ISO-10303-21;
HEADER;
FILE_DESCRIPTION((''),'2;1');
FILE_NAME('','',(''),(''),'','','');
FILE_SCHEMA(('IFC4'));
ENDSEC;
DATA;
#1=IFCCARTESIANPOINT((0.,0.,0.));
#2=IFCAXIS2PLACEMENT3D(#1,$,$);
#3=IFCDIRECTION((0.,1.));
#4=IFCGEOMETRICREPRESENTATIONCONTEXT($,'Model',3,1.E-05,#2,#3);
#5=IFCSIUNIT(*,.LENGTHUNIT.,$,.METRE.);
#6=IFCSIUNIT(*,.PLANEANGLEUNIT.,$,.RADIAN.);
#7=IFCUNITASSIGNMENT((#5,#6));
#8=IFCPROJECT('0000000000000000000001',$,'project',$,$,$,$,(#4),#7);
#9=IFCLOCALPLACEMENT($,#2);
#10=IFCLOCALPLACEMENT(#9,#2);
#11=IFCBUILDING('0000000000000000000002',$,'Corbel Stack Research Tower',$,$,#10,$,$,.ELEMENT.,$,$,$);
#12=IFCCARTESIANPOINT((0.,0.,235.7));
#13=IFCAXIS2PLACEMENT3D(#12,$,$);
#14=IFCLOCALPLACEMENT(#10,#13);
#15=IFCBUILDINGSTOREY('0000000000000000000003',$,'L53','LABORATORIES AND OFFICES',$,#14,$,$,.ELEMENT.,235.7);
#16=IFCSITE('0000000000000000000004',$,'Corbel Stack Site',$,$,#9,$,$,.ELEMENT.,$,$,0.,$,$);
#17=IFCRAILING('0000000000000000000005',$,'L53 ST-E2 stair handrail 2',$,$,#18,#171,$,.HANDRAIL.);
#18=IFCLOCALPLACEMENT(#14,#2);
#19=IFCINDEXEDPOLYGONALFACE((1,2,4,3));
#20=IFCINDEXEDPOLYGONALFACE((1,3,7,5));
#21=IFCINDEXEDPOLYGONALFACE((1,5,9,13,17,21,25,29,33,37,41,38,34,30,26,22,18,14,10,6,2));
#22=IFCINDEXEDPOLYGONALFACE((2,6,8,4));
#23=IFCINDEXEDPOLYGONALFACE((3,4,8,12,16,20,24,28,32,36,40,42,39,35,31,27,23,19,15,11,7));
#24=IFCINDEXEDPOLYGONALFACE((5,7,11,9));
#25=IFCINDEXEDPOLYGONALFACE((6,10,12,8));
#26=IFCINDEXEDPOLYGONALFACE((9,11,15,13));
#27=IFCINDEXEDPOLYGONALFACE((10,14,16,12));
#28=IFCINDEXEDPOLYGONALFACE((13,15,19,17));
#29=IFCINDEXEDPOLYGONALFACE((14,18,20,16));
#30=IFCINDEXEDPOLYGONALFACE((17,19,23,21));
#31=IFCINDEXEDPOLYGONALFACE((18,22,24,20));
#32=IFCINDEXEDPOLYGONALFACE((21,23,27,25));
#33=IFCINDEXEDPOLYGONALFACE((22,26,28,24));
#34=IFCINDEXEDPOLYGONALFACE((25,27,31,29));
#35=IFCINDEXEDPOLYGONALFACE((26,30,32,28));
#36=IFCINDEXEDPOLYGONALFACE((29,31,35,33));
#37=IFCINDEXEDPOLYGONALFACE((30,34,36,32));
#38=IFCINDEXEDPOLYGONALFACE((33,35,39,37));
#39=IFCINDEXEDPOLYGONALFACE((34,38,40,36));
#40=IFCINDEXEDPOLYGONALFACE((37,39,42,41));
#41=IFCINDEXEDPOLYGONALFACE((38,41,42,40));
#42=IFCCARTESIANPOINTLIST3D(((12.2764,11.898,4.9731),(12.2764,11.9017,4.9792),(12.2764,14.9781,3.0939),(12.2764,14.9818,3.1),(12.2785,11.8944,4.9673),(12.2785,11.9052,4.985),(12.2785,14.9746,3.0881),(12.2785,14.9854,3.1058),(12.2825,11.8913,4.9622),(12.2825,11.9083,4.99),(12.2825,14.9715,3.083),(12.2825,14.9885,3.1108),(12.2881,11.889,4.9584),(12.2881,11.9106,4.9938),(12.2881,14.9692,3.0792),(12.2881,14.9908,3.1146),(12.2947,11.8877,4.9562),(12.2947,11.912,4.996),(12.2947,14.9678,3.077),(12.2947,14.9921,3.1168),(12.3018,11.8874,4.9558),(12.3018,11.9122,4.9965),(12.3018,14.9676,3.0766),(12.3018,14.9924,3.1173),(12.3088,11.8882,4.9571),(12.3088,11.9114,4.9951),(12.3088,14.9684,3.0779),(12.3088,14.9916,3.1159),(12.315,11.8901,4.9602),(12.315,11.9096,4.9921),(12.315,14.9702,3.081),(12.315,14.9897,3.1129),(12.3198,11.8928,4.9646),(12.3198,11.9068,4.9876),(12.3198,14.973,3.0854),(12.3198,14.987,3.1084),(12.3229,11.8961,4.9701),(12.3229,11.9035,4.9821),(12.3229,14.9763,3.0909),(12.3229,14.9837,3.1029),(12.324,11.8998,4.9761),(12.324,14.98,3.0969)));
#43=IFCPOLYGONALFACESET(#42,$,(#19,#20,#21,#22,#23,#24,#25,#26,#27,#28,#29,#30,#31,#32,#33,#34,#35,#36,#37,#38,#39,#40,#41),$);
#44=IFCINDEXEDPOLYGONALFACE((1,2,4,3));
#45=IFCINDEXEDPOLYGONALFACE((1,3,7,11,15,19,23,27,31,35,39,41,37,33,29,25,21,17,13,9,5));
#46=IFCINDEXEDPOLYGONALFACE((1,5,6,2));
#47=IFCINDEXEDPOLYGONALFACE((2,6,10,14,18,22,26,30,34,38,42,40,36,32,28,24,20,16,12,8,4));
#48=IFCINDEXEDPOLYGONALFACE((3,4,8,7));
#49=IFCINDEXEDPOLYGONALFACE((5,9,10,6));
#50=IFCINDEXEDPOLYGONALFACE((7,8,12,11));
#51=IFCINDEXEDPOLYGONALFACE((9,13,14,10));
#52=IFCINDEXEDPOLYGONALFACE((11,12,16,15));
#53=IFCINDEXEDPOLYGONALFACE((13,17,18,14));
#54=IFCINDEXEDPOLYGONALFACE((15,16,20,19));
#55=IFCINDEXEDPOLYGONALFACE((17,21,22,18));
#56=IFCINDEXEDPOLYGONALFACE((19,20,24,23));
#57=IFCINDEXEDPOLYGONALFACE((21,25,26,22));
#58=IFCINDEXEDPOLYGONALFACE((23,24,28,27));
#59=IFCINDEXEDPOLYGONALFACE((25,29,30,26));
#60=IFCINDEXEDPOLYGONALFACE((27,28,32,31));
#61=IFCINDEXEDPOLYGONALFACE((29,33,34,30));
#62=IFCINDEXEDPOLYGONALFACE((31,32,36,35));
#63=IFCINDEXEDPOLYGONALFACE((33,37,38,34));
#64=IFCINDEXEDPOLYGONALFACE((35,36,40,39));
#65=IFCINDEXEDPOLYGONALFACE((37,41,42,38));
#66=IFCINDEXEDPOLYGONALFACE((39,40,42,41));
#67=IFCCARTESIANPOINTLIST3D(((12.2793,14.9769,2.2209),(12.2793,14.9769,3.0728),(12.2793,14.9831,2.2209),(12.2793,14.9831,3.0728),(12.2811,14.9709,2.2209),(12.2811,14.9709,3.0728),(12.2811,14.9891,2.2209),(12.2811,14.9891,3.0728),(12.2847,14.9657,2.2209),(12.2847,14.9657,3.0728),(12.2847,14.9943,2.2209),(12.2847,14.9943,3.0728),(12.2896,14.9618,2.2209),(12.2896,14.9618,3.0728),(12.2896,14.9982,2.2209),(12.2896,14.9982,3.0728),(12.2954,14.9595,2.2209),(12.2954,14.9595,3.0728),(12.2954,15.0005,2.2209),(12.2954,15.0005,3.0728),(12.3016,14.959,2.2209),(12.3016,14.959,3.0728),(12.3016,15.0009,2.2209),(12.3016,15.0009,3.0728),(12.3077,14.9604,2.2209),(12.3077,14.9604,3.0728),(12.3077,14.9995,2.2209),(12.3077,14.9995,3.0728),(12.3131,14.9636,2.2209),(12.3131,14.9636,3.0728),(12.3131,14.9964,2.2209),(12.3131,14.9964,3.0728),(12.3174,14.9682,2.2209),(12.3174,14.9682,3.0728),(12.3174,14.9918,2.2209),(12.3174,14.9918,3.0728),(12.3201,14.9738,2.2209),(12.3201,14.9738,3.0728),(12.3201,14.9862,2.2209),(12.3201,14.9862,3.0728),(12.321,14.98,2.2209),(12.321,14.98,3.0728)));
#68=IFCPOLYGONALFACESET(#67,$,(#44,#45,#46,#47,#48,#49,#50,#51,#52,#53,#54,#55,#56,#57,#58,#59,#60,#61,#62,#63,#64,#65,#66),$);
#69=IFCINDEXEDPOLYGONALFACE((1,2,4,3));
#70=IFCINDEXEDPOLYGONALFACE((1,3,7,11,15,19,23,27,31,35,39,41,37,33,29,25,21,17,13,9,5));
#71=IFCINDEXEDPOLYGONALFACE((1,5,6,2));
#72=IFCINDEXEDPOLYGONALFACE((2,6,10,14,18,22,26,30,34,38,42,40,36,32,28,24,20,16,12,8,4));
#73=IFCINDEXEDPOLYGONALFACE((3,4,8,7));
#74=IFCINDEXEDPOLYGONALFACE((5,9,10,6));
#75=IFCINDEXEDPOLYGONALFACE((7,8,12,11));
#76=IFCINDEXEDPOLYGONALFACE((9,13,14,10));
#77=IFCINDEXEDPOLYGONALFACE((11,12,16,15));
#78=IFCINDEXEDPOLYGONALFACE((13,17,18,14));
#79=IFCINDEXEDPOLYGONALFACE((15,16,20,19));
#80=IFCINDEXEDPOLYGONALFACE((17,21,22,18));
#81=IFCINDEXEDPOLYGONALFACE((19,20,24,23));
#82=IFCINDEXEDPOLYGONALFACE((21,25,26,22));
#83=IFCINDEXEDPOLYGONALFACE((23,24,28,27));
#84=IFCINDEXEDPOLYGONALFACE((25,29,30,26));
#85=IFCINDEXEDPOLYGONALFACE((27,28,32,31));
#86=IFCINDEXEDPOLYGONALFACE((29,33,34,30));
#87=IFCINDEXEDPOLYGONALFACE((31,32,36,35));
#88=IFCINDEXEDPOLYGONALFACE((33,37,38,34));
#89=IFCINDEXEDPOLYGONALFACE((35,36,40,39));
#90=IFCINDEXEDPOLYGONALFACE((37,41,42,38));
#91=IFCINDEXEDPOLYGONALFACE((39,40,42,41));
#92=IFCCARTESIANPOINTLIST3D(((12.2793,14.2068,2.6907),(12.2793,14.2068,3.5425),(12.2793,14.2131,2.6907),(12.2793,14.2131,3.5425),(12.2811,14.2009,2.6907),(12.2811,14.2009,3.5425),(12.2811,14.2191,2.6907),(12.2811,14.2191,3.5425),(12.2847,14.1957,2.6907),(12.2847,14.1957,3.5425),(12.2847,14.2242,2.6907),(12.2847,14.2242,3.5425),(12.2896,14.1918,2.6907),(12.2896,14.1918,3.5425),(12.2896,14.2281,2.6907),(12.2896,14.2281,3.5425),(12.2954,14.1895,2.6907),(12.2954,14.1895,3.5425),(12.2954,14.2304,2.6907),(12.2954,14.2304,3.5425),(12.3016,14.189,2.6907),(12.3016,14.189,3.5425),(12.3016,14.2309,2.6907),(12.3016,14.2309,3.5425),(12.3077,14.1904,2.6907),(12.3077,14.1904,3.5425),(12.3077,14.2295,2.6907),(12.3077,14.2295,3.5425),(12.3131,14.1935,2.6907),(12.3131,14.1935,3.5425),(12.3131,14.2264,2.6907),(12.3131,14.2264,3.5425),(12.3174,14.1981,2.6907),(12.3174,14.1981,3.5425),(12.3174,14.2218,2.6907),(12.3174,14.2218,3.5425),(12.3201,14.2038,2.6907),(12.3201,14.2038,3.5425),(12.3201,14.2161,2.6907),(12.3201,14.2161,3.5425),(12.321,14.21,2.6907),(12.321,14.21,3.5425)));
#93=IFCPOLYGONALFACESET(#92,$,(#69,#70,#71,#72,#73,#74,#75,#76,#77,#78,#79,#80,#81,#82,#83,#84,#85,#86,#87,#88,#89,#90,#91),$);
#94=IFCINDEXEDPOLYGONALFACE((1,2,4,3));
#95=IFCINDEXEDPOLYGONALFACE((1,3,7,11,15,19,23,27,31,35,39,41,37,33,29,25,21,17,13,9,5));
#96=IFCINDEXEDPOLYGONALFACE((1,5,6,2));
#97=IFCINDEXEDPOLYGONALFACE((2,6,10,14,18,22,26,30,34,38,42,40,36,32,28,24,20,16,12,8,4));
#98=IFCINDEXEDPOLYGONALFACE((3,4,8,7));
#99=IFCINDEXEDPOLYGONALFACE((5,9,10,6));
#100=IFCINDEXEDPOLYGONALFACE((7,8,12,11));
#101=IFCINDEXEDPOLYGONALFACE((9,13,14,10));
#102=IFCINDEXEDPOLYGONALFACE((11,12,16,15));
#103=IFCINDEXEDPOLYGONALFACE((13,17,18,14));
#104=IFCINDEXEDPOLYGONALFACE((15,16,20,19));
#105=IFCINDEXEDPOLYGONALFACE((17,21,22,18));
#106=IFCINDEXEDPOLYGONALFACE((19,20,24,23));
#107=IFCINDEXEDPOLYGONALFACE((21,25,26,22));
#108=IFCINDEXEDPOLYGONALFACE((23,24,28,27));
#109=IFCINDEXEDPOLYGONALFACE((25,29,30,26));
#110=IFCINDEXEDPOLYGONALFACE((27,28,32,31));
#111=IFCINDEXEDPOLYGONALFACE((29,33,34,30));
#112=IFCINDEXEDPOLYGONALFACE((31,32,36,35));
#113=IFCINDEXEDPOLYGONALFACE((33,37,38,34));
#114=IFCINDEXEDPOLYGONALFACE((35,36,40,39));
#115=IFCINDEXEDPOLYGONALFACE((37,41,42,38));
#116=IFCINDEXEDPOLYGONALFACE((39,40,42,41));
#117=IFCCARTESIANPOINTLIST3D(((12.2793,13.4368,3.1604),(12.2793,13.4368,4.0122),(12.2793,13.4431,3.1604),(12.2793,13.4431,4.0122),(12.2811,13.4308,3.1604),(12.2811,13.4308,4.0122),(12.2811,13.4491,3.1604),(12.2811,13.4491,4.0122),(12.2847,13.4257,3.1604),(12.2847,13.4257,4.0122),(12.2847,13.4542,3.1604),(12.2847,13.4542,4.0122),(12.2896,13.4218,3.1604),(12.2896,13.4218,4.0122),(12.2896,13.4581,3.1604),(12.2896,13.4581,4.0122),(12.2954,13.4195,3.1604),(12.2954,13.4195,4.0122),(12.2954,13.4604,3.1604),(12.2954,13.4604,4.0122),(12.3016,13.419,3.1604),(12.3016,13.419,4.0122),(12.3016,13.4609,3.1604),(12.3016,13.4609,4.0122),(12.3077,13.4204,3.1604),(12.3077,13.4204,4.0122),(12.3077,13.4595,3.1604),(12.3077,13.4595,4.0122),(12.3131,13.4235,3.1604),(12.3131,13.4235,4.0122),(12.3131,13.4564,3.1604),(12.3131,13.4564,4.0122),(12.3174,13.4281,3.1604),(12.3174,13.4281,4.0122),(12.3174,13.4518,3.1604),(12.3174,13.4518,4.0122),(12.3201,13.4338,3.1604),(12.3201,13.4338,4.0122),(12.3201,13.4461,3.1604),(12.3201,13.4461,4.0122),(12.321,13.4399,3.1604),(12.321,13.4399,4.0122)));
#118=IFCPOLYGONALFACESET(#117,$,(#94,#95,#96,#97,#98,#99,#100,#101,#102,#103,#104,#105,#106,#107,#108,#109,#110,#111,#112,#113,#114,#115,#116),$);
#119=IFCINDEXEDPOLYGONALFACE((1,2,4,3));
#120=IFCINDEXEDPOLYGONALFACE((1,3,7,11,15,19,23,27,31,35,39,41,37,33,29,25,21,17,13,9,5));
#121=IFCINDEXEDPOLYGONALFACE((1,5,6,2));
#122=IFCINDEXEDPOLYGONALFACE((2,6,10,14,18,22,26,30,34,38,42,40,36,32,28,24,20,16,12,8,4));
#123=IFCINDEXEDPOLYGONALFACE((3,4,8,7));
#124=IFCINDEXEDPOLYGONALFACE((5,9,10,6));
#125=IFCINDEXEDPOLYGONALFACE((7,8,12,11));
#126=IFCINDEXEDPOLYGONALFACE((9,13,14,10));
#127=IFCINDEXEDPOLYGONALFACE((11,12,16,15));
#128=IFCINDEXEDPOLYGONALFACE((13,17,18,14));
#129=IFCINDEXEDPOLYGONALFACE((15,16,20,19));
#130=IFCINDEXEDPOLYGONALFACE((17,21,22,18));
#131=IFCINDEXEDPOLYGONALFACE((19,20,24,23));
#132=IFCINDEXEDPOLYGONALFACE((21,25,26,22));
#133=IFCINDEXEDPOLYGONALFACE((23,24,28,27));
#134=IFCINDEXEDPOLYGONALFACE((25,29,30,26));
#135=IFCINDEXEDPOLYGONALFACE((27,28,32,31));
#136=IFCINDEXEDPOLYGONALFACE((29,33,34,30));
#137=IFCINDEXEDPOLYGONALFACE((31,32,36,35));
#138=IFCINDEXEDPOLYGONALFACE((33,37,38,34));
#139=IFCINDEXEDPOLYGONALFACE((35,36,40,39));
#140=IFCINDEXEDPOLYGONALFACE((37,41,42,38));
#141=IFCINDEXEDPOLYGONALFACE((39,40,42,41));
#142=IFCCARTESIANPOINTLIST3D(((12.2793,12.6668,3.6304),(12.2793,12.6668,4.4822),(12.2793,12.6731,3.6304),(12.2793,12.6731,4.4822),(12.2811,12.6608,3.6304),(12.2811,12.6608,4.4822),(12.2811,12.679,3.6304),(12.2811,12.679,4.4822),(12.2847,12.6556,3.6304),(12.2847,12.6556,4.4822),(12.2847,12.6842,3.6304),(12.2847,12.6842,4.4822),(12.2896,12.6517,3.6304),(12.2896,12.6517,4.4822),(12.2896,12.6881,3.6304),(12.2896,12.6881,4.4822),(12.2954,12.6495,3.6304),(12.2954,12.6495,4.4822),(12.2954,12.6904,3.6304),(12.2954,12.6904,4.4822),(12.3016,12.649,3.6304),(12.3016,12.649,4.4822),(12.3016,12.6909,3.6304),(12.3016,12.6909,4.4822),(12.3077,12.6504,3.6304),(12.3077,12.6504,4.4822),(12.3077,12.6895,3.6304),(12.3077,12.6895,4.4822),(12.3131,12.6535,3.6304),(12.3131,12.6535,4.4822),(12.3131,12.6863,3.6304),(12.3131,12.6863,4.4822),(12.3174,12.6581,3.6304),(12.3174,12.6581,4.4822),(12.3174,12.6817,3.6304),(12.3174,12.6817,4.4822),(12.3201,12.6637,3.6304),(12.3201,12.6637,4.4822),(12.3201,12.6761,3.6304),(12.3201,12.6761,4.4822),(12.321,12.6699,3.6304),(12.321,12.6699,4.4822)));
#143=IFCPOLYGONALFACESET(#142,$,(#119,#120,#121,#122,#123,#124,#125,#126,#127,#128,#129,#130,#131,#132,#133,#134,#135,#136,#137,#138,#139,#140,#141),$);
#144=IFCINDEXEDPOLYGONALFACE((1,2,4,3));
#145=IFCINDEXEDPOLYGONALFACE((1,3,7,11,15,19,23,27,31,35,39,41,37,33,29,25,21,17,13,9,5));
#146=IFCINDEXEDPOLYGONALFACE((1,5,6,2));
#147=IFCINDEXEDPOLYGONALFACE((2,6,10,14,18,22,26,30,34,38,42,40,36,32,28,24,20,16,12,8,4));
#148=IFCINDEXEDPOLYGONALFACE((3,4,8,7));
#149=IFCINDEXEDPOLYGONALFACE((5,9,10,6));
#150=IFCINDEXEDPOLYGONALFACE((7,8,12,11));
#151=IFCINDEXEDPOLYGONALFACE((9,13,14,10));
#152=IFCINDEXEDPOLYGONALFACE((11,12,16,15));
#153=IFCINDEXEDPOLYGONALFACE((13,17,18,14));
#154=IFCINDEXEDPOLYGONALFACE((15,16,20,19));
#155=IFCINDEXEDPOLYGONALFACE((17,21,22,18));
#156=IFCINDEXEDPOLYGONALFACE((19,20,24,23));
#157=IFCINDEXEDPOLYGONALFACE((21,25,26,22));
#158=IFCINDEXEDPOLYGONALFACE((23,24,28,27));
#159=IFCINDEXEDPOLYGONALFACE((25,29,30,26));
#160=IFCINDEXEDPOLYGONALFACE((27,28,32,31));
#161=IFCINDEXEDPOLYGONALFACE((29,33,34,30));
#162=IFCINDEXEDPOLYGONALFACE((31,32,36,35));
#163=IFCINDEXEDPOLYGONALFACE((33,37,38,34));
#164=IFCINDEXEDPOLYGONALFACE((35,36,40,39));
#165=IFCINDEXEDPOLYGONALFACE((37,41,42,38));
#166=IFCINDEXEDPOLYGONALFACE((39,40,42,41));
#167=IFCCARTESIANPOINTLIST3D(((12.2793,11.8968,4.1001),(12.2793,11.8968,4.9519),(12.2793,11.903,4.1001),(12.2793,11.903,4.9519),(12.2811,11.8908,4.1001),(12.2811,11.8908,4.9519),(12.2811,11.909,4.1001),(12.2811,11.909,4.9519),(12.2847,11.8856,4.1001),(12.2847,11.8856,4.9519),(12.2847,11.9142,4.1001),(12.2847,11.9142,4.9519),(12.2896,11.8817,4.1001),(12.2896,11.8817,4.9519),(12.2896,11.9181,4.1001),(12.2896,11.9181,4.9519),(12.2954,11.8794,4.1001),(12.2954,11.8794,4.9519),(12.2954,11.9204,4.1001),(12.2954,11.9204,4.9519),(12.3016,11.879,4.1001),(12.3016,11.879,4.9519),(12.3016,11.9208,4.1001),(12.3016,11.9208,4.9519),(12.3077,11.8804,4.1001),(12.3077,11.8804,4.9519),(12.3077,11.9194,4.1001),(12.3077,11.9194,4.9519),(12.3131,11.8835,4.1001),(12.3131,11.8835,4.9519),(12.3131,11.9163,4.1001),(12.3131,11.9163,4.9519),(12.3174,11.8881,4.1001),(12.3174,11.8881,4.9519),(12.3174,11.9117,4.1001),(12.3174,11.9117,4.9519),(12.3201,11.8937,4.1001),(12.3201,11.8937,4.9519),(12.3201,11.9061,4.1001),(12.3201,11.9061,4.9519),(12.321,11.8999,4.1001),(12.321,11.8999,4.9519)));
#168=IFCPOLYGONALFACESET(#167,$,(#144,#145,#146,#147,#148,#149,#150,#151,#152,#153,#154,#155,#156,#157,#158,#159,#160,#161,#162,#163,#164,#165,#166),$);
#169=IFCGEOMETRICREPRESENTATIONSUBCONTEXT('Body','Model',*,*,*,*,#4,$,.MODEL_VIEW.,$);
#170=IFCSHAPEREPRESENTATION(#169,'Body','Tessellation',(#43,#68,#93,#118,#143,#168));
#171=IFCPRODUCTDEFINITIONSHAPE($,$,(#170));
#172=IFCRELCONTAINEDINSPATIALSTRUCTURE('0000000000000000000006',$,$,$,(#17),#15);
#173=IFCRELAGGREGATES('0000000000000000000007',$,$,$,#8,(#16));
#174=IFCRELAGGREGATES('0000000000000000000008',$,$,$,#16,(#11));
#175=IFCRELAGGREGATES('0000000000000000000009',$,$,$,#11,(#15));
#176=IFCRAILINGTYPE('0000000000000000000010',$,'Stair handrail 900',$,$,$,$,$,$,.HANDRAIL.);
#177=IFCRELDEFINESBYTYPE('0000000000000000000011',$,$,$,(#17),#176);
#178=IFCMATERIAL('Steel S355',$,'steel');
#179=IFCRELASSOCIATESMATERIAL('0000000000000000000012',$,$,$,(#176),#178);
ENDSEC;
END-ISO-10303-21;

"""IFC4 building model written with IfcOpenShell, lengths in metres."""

from ifc_helpers import new_model, si_unit, direction, frame, origin, origin_2d, place, context, subcontext, project, spatial, circle, extrude, material, type_object, element, save


model = new_model("IFC4")

# Units and contexts
model_context = context("Model", 3, precision=1e-05, world=origin(), true_north=direction((0.0, 1.0)))
body_context = subcontext(model_context, "Body", "Model", "MODEL_VIEW")
ifc_project = project(units=[si_unit("LENGTHUNIT", "METRE"), si_unit("PLANEANGLEUNIT", "RADIAN")], contexts=[model_context])

# Site, building, storey
site_placement = place(None, origin())
site = spatial("IfcSite", under=ifc_project, at=site_placement, Name="Corbel Stack Site", CompositionType="ELEMENT", RefElevation=0.0)
building_placement = place(site_placement, origin())
building = spatial("IfcBuilding", under=site, at=building_placement, Name="Corbel Stack Research Tower", CompositionType="ELEMENT")
storey_placement = place(building_placement, frame((0.0, 0.0, 235.7)))
storey = spatial("IfcBuildingStorey", under=building, at=storey_placement, Name="L53", Description="LABORATORIES AND OFFICES", CompositionType="ELEMENT", Elevation=235.7)

# Railing
ifc_material_1 = material(Name="Steel S355", Category="steel")
railing_type_1 = type_object("IfcRailingType", Name="Stair handrail 900", PredefinedType="HANDRAIL", material=ifc_material_1)
railing_1_placement = place(storey_placement, frame((12.3, 14.98, 2.2209)))
element("IfcRailing", 1, at=railing_1_placement, inside=storey, type_object=railing_type_1, Name="L53 ST-E2 stair handrail 2", PredefinedType="HANDRAIL", context=body_context, shape_type="SweptSolid", body=[
    extrude(circle(Radius=0.0239, at=origin_2d()), frame((0.0, 0.0, 0.876), z_axis=(0.0, -0.853666, 0.52082), x_axis=(1.0, 0.0, 0.0)), (0.0, 0.0, 1.0), 3.6082),
    extrude(circle(Radius=0.021, at=origin_2d()), origin(), (0.0, 0.0, 1.0), 0.8518),
    extrude(circle(Radius=0.021, at=origin_2d()), frame((0.0, -0.77, 0.4697)), (0.0, 0.0, 1.0), 0.8518),
    extrude(circle(Radius=0.021, at=origin_2d()), frame((0.0, -1.54, 0.9395)), (0.0, 0.0, 1.0), 0.8518),
    extrude(circle(Radius=0.021, at=origin_2d()), frame((0.0, -2.3101, 1.4094)), (0.0, 0.0, 1.0), 0.8518),
    extrude(circle(Radius=0.021, at=origin_2d()), frame((0.0, -3.0801, 1.8792)), (0.0, 0.0, 1.0), 0.8518),
])

save(model, "model.ifc")
